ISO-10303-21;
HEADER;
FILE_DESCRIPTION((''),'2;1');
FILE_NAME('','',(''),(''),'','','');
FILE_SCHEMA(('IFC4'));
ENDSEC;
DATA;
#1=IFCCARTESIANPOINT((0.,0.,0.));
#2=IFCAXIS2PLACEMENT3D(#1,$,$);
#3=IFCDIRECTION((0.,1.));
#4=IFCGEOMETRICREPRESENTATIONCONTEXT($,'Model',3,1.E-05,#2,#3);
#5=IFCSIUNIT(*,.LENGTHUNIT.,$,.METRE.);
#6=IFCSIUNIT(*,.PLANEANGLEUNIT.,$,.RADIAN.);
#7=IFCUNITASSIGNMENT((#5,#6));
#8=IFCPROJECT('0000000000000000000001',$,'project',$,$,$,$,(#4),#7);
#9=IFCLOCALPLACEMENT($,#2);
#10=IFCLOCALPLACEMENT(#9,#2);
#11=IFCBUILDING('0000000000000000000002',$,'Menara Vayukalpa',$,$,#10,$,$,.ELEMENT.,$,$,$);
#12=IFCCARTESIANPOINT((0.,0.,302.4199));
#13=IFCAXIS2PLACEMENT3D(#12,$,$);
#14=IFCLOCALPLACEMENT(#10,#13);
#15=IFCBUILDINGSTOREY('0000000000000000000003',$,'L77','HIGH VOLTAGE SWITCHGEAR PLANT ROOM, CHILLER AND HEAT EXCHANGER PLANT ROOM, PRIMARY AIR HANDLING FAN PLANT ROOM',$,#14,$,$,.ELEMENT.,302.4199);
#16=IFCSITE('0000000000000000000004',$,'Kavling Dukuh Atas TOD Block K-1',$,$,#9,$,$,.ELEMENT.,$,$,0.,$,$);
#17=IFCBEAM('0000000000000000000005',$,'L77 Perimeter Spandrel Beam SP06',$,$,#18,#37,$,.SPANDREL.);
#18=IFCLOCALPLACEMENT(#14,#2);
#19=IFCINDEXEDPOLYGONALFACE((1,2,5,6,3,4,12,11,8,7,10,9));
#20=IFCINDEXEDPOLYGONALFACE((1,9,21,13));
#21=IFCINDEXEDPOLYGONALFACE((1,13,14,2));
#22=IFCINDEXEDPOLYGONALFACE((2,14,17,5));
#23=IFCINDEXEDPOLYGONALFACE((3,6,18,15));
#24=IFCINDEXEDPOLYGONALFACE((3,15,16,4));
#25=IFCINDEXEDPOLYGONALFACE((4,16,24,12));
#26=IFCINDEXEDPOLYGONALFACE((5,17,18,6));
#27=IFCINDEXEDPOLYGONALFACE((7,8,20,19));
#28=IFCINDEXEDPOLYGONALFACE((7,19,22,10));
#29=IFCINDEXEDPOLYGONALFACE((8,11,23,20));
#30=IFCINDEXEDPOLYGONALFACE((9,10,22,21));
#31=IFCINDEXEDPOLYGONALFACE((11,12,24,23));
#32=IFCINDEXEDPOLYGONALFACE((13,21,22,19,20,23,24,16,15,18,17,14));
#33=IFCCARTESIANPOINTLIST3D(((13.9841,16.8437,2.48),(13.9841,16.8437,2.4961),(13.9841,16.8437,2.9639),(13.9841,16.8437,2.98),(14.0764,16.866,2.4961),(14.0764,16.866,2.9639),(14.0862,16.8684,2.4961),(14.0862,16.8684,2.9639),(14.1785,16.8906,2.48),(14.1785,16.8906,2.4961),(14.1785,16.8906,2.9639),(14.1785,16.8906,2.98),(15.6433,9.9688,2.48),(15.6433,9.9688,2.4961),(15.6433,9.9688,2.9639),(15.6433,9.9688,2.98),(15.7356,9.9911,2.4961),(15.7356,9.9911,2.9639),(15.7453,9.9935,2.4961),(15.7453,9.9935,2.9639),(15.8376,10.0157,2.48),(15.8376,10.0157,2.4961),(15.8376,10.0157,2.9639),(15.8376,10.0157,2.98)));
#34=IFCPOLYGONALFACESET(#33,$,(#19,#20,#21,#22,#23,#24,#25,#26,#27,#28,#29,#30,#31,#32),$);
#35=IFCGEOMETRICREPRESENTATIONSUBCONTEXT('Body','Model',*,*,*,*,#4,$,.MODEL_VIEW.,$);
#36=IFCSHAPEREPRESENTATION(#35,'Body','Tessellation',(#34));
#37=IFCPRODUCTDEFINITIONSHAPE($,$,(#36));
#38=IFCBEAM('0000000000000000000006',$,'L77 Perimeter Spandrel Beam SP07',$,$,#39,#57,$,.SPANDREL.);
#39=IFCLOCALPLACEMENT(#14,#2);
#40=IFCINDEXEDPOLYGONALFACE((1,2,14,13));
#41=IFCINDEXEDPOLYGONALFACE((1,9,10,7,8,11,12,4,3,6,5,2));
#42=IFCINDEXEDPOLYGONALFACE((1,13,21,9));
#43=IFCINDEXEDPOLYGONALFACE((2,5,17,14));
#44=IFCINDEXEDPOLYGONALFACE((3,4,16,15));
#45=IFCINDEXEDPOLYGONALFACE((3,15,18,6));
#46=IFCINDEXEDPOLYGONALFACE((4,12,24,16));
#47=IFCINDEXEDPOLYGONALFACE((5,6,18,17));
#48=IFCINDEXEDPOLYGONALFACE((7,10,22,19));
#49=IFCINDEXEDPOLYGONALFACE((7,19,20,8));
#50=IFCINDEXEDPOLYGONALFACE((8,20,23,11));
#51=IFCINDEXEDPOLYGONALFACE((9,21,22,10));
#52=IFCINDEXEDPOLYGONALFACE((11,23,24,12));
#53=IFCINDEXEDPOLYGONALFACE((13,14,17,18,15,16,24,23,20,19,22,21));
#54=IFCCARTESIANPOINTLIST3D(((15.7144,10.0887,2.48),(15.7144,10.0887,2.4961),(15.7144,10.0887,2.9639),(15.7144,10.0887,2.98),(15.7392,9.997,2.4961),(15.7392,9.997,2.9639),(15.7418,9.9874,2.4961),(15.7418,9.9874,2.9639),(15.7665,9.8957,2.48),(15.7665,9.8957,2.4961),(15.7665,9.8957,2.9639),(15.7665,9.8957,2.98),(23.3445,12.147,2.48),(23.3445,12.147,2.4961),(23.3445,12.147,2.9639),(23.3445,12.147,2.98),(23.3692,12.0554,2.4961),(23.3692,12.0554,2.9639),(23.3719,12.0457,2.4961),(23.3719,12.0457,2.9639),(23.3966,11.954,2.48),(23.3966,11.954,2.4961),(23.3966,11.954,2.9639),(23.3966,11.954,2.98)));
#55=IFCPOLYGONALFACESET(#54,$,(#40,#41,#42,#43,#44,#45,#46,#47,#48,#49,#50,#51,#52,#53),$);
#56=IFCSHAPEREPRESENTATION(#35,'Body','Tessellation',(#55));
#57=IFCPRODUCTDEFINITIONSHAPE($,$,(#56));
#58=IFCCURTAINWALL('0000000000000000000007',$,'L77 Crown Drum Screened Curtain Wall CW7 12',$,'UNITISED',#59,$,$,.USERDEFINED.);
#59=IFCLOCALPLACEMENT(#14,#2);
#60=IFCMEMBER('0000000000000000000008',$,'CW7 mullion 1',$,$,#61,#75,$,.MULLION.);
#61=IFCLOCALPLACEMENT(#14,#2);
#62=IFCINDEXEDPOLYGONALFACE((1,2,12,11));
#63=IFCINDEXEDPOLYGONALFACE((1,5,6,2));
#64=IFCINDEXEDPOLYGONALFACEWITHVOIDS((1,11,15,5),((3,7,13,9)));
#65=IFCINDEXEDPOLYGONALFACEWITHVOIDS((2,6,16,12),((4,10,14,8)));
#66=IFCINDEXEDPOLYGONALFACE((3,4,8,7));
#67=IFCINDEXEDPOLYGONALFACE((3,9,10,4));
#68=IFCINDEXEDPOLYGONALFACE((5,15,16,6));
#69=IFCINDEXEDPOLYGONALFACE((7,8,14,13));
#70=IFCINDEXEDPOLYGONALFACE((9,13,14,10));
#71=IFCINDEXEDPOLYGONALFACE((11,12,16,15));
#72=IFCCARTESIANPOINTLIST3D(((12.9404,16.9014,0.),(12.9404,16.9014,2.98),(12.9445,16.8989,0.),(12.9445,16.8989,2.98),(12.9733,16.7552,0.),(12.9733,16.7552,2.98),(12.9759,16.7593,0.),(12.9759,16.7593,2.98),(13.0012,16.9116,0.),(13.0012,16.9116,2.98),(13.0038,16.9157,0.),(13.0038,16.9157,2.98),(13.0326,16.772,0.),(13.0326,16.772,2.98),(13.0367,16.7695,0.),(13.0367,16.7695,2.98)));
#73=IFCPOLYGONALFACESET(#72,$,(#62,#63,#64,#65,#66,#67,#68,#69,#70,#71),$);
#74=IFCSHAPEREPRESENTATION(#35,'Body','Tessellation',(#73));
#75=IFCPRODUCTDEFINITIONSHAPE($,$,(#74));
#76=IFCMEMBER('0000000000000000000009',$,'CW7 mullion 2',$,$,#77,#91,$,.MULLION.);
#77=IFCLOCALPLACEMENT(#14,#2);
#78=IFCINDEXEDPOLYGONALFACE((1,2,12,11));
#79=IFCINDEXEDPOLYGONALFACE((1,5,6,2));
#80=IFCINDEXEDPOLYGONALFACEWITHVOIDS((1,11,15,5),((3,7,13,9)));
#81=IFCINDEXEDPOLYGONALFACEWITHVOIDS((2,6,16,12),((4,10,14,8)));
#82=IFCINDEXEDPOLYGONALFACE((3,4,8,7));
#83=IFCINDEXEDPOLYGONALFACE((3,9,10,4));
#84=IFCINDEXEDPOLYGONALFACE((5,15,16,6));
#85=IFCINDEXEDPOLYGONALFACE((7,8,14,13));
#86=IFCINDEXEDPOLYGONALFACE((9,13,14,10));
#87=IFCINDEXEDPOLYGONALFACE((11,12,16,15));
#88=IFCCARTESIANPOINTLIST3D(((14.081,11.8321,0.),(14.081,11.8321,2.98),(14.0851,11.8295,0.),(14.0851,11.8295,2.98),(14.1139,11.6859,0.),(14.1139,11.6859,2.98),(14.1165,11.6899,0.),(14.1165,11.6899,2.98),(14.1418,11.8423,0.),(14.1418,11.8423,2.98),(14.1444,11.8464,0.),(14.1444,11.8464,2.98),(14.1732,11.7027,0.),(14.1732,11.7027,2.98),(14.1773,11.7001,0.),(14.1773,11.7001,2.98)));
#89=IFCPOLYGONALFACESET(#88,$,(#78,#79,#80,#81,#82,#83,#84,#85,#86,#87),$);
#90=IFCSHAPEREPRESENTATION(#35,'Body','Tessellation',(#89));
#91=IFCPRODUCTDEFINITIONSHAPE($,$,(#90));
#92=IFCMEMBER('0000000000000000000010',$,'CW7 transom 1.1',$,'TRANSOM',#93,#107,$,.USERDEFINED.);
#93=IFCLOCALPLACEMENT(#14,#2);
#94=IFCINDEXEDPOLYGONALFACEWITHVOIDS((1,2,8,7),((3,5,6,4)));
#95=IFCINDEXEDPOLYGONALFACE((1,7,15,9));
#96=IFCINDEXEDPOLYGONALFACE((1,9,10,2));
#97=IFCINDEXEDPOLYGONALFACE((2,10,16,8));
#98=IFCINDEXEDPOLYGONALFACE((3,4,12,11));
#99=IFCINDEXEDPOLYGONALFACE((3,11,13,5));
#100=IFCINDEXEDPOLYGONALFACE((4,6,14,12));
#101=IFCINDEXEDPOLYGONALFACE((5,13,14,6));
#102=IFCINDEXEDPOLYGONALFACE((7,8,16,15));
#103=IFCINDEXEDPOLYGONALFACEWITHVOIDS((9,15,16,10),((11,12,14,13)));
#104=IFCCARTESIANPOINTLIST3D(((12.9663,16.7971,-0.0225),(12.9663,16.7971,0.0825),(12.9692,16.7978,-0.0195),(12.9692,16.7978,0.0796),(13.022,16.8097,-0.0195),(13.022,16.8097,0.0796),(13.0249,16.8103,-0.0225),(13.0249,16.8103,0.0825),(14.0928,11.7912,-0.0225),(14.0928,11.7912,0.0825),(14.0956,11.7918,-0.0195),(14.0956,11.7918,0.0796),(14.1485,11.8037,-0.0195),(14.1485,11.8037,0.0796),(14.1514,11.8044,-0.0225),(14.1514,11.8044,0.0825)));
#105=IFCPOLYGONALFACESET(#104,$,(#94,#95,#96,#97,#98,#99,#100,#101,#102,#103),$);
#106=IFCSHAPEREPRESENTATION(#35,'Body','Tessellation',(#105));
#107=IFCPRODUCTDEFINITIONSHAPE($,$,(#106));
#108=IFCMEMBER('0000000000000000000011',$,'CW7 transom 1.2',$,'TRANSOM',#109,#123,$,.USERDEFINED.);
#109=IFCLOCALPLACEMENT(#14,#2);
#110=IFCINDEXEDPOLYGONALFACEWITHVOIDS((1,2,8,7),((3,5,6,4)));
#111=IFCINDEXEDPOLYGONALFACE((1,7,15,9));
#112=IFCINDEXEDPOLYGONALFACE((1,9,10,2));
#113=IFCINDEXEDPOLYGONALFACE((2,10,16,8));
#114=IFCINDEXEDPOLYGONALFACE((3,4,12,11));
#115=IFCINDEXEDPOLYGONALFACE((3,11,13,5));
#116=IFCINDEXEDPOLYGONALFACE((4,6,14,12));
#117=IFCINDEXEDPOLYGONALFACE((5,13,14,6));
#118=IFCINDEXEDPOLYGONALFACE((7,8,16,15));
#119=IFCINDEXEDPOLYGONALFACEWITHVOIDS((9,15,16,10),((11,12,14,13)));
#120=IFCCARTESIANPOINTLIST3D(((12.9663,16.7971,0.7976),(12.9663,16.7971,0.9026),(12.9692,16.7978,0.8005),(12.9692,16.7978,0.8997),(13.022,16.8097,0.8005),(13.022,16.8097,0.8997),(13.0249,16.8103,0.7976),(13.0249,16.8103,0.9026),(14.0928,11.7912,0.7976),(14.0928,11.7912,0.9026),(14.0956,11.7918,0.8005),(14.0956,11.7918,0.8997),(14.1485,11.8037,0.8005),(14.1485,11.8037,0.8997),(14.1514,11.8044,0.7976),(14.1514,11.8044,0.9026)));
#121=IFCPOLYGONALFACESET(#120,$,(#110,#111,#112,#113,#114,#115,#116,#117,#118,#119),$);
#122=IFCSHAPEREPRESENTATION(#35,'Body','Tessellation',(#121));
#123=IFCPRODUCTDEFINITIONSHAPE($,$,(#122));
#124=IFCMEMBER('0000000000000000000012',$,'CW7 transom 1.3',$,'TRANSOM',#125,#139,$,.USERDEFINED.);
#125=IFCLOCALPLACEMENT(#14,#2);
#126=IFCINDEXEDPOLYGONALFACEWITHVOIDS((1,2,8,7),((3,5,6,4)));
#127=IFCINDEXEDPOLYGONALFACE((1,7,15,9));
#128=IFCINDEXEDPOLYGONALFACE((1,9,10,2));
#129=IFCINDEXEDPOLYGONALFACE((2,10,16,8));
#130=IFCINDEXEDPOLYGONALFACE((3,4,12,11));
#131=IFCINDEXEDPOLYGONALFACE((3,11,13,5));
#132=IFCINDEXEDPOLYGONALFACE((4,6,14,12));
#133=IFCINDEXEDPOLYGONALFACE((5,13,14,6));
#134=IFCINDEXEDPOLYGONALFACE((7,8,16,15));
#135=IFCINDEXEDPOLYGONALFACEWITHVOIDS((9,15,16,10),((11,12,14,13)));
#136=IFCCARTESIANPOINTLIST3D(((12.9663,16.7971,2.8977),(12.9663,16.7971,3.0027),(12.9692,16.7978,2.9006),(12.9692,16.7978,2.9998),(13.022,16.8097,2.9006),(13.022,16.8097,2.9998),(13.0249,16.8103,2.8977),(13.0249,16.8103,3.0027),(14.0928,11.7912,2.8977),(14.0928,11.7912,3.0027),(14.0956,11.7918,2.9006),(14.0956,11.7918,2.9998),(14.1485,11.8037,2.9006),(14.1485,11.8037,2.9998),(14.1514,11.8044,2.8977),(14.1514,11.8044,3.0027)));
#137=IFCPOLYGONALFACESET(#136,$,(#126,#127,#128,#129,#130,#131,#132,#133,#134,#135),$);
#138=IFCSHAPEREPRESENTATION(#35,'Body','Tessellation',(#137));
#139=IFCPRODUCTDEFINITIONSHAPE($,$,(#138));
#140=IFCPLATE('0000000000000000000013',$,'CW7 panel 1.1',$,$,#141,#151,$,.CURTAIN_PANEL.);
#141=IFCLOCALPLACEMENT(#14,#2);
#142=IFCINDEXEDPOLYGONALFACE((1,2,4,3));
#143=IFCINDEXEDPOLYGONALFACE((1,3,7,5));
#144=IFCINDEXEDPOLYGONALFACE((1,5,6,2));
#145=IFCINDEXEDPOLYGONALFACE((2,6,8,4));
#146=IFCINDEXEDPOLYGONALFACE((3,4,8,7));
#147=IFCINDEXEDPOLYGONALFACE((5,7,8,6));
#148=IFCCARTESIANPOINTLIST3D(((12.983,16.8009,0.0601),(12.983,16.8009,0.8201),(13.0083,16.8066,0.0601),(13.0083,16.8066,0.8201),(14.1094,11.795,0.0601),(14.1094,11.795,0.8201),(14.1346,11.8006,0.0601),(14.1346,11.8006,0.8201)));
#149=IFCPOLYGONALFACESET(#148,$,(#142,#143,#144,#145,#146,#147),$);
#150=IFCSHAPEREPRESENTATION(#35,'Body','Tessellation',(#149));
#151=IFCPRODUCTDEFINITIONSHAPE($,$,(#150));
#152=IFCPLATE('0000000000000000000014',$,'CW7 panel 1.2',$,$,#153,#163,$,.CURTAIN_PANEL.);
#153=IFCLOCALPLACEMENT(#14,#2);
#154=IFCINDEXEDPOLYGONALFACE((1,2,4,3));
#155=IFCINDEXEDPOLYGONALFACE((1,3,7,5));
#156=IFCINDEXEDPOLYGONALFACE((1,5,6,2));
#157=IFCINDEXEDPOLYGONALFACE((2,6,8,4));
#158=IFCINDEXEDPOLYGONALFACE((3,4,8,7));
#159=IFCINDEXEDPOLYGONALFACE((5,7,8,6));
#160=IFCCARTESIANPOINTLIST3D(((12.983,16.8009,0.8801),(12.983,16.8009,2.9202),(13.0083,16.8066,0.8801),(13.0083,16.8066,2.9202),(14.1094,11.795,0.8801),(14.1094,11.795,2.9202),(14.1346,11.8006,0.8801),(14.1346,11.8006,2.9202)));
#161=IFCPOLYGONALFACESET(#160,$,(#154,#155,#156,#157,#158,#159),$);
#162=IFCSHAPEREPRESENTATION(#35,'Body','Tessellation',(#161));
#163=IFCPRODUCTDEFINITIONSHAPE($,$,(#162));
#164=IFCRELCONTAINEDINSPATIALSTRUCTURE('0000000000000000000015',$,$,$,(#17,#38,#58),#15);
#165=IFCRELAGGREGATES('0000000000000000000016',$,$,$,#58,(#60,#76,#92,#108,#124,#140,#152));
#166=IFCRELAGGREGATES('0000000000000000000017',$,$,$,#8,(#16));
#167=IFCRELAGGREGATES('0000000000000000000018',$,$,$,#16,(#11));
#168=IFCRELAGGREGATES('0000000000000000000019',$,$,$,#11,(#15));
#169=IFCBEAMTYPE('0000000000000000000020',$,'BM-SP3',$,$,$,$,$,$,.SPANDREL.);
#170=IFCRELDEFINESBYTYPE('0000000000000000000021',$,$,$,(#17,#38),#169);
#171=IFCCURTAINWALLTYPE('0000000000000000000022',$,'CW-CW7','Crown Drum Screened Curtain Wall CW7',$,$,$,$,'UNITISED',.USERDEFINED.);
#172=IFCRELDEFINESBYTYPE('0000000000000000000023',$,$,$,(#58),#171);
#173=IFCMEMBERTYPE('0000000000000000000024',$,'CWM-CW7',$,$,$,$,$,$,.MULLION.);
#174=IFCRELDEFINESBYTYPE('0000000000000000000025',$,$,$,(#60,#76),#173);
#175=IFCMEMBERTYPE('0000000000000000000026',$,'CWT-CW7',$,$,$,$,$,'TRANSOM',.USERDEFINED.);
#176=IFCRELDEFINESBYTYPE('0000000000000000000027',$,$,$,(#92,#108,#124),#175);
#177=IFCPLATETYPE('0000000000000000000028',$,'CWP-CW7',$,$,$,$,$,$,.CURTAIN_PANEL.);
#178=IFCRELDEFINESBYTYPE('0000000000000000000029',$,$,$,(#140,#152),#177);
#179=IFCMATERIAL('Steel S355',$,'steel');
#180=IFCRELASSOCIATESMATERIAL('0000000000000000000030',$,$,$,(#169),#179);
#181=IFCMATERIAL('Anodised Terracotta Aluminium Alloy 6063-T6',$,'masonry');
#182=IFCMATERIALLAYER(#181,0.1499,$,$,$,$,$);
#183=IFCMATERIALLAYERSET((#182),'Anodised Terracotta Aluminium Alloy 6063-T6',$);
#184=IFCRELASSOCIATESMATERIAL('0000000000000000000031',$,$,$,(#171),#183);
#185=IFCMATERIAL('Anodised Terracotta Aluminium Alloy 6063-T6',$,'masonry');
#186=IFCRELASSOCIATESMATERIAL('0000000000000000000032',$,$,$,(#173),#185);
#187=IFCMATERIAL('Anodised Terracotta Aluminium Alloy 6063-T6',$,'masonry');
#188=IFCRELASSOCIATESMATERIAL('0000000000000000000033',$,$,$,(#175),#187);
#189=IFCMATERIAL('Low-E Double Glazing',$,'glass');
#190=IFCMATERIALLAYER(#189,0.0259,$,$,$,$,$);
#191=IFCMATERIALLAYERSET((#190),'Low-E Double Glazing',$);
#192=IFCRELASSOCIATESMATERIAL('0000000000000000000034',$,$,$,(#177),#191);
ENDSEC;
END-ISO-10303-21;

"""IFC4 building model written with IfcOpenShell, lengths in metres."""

from ifc_helpers import new_model, si_unit, direction, frame, origin, origin_2d, place, context, subcontext, project, spatial, rectangle, hollow_rectangle, i_section, extrude, material, layer, layer_set, material_profile, profile_set, type_object, element, aggregate, save


model = new_model("IFC4")

# Units and contexts
model_context = context("Model", 3, precision=1e-05, world=origin(), true_north=direction((0.0, 1.0)))
body_context = subcontext(model_context, "Body", "Model", "MODEL_VIEW")
ifc_project = project(units=[si_unit("LENGTHUNIT", "METRE"), si_unit("PLANEANGLEUNIT", "RADIAN")], contexts=[model_context])

# Site, building, storey
site_placement = place(None, origin())
site = spatial("IfcSite", under=ifc_project, at=site_placement, Name="Kavling Dukuh Atas TOD Block K-1", CompositionType="ELEMENT", RefElevation=0.0)
building_placement = place(site_placement, origin())
building = spatial("IfcBuilding", under=site, at=building_placement, Name="Menara Vayukalpa", CompositionType="ELEMENT")
storey_placement = place(building_placement, frame((0.0, 0.0, 302.4199)))
storey = spatial("IfcBuildingStorey", under=building, at=storey_placement, Name="L77", Description="HIGH VOLTAGE SWITCHGEAR PLANT ROOM, CHILLER AND HEAT EXCHANGER PLANT ROOM, PRIMARY AIR HANDLING FAN PLANT ROOM", CompositionType="ELEMENT", Elevation=302.4199)

# Beams
ifc_material_1 = material(Name="Steel S355", Category="steel")
ifc_material_profile_1 = material_profile(ifc_material_1, i_section(OverallWidth=0.2, OverallDepth=0.5, WebThickness=0.01, FlangeThickness=0.0161, at=origin_2d()), Name="WF 500x200x10x16")
ifc_profile_set_1 = profile_set([ifc_material_profile_1], Name="Steel S355")
beam_type_1 = type_object("IfcBeamType", Name="BM-SP3", PredefinedType="SPANDREL", material=ifc_profile_set_1)
beam_1_placement = place(storey_placement, frame((14.0813, 16.8672, 2.73), z_axis=(0.2346, -0.972092, 0.0), x_axis=(0.972092, 0.2346, 0.0)))
element("IfcBeam", 1, at=beam_1_placement, inside=storey, type_object=beam_type_1, Name="L77 Perimeter Spandrel Beam SP06", PredefinedType="SPANDREL", context=body_context, shape_type="SweptSolid", body=[
    extrude(i_section(OverallWidth=0.2, OverallDepth=0.5, WebThickness=0.01, FlangeThickness=0.0161, at=origin_2d()), origin(), (0.0, 0.0, 1.0), 7.0723),
])
beam_2_placement = place(storey_placement, frame((15.7405, 9.9922, 2.73), z_axis=(0.965486, 0.260455, 0.0), x_axis=(-0.260455, 0.965486, 0.0)))
element("IfcBeam", 2, at=beam_2_placement, inside=storey, type_object=beam_type_1, Name="L77 Perimeter Spandrel Beam SP07", PredefinedType="SPANDREL", context=body_context, shape_type="SweptSolid", body=[
    extrude(i_section(OverallWidth=0.2, OverallDepth=0.5, WebThickness=0.01, FlangeThickness=0.0161, at=origin_2d()), origin(), (0.0, 0.0, 1.0), 7.9028),
])

# Curtain wall, members, plates
ifc_material_2 = material(Name="Anodised Terracotta Aluminium Alloy 6063-T6", Category="masonry")
ifc_layer_1 = layer(ifc_material_2, 0.1499)
ifc_layer_set_1 = layer_set([ifc_layer_1], Name="Anodised Terracotta Aluminium Alloy 6063-T6")
curtain_wall_type = type_object("IfcCurtainWallType", Name="CW-CW7", Description="Crown Drum Screened Curtain Wall CW7", ElementType="UNITISED", PredefinedType="USERDEFINED", material=ifc_layer_set_1)
curtain_wall_placement = place(storey_placement, origin())
curtain_wall = element("IfcCurtainWall", 3, at=curtain_wall_placement, inside=storey, type_object=curtain_wall_type, Name="L77 Crown Drum Screened Curtain Wall CW7 12", ObjectType="UNITISED", PredefinedType="USERDEFINED")
ifc_material_3 = material(Name="Anodised Terracotta Aluminium Alloy 6063-T6", Category="masonry")
ifc_material_profile_2 = material_profile(ifc_material_3, hollow_rectangle(XDim=0.0649, YDim=0.1499, WallThickness=0.0034, at=origin_2d()), Name="ALU 65x150x3.5")
ifc_profile_set_2 = profile_set([ifc_material_profile_2], Name="Anodised Terracotta Aluminium Alloy 6063-T6")
member_type_1 = type_object("IfcMemberType", Name="CWM-CW7", PredefinedType="MULLION", material=ifc_profile_set_2)
member_1_placement = place(storey_placement, frame((12.9885, 16.8354, 0.0), z_axis=(0.0, 0.0, 1.0), x_axis=(0.975609, 0.219516, 0.0)))
member_1 = element("IfcMember", 4, at=member_1_placement, type_object=member_type_1, Name="CW7 mullion 1", PredefinedType="MULLION", context=body_context, shape_type="SweptSolid", body=[
    extrude(hollow_rectangle(XDim=0.0649, YDim=0.1499, WallThickness=0.0034, at=origin_2d()), origin(), (0.0, 0.0, 1.0), 2.98),
])
member_2_placement = place(storey_placement, frame((14.1292, 11.7661, 0.0), z_axis=(0.0, 0.0, 1.0), x_axis=(0.975609, 0.219516, 0.0)))
member_2 = element("IfcMember", 5, at=member_2_placement, type_object=member_type_1, Name="CW7 mullion 2", PredefinedType="MULLION", context=body_context, shape_type="SweptSolid", body=[
    extrude(hollow_rectangle(XDim=0.0649, YDim=0.1499, WallThickness=0.0034, at=origin_2d()), origin(), (0.0, 0.0, 1.0), 2.98),
])
ifc_material_4 = material(Name="Anodised Terracotta Aluminium Alloy 6063-T6", Category="masonry")
ifc_material_profile_3 = material_profile(ifc_material_4, hollow_rectangle(XDim=0.0601, YDim=0.105, WallThickness=0.0029, at=origin_2d()), Name="ALU 60x105x3")
ifc_profile_set_3 = profile_set([ifc_material_profile_3], Name="Anodised Terracotta Aluminium Alloy 6063-T6")
member_type_2 = type_object("IfcMemberType", Name="CWT-CW7", ElementType="TRANSOM", PredefinedType="USERDEFINED", material=ifc_profile_set_3)
member_3_placement = place(storey_placement, frame((12.9956, 16.8037, 0.03), z_axis=(0.219539, -0.975604, 0.0), x_axis=(0.975604, 0.219539, 0.0)))
member_3 = element("IfcMember", 6, at=member_3_placement, type_object=member_type_2, Name="CW7 transom 1.1", ObjectType="TRANSOM", PredefinedType="USERDEFINED", context=body_context, shape_type="SweptSolid", body=[
    extrude(hollow_rectangle(XDim=0.0601, YDim=0.105, WallThickness=0.0029, at=origin_2d()), origin(), (0.0, 0.0, 1.0), 5.1311),
])
member_4_placement = place(storey_placement, frame((12.9956, 16.8037, 0.8501), z_axis=(0.219539, -0.975604, 0.0), x_axis=(0.975604, 0.219539, 0.0)))
member_4 = element("IfcMember", 7, at=member_4_placement, type_object=member_type_2, Name="CW7 transom 1.2", ObjectType="TRANSOM", PredefinedType="USERDEFINED", context=body_context, shape_type="SweptSolid", body=[
    extrude(hollow_rectangle(XDim=0.0601, YDim=0.105, WallThickness=0.0029, at=origin_2d()), origin(), (0.0, 0.0, 1.0), 5.1311),
])
member_5_placement = place(storey_placement, frame((12.9956, 16.8037, 2.9502), z_axis=(0.219539, -0.975604, 0.0), x_axis=(0.975604, 0.219539, 0.0)))
member_5 = element("IfcMember", 8, at=member_5_placement, type_object=member_type_2, Name="CW7 transom 1.3", ObjectType="TRANSOM", PredefinedType="USERDEFINED", context=body_context, shape_type="SweptSolid", body=[
    extrude(hollow_rectangle(XDim=0.0601, YDim=0.105, WallThickness=0.0029, at=origin_2d()), origin(), (0.0, 0.0, 1.0), 5.1311),
])
ifc_material_5 = material(Name="Low-E Double Glazing", Category="glass")
ifc_layer_2 = layer(ifc_material_5, 0.0259)
ifc_layer_set_2 = layer_set([ifc_layer_2], Name="Low-E Double Glazing")
plate_type = type_object("IfcPlateType", Name="CWP-CW7", PredefinedType="CURTAIN_PANEL", material=ifc_layer_set_2)
plate_1_placement = place(storey_placement, frame((13.5588, 14.3008, 0.0601), z_axis=(0.0, 0.0, 1.0), x_axis=(0.219516, -0.975609, 0.0)))
plate_1 = element("IfcPlate", 9, at=plate_1_placement, type_object=plate_type, Name="CW7 panel 1.1", PredefinedType="CURTAIN_PANEL", context=body_context, shape_type="SweptSolid", body=[
    extrude(rectangle(XDim=5.1311, YDim=0.0259, at=origin_2d()), origin(), (0.0, 0.0, 1.0), 0.76),
])
plate_2_placement = place(storey_placement, frame((13.5588, 14.3008, 0.8801), z_axis=(0.0, 0.0, 1.0), x_axis=(0.219516, -0.975609, 0.0)))
plate_2 = element("IfcPlate", 10, at=plate_2_placement, type_object=plate_type, Name="CW7 panel 1.2", PredefinedType="CURTAIN_PANEL", context=body_context, shape_type="SweptSolid", body=[
    extrude(rectangle(XDim=5.1311, YDim=0.0259, at=origin_2d()), origin(), (0.0, 0.0, 1.0), 2.04),
])
aggregate(curtain_wall, [member_1, member_2, member_3, member_4, member_5, plate_1, plate_2])

save(model, "model.ifc")
